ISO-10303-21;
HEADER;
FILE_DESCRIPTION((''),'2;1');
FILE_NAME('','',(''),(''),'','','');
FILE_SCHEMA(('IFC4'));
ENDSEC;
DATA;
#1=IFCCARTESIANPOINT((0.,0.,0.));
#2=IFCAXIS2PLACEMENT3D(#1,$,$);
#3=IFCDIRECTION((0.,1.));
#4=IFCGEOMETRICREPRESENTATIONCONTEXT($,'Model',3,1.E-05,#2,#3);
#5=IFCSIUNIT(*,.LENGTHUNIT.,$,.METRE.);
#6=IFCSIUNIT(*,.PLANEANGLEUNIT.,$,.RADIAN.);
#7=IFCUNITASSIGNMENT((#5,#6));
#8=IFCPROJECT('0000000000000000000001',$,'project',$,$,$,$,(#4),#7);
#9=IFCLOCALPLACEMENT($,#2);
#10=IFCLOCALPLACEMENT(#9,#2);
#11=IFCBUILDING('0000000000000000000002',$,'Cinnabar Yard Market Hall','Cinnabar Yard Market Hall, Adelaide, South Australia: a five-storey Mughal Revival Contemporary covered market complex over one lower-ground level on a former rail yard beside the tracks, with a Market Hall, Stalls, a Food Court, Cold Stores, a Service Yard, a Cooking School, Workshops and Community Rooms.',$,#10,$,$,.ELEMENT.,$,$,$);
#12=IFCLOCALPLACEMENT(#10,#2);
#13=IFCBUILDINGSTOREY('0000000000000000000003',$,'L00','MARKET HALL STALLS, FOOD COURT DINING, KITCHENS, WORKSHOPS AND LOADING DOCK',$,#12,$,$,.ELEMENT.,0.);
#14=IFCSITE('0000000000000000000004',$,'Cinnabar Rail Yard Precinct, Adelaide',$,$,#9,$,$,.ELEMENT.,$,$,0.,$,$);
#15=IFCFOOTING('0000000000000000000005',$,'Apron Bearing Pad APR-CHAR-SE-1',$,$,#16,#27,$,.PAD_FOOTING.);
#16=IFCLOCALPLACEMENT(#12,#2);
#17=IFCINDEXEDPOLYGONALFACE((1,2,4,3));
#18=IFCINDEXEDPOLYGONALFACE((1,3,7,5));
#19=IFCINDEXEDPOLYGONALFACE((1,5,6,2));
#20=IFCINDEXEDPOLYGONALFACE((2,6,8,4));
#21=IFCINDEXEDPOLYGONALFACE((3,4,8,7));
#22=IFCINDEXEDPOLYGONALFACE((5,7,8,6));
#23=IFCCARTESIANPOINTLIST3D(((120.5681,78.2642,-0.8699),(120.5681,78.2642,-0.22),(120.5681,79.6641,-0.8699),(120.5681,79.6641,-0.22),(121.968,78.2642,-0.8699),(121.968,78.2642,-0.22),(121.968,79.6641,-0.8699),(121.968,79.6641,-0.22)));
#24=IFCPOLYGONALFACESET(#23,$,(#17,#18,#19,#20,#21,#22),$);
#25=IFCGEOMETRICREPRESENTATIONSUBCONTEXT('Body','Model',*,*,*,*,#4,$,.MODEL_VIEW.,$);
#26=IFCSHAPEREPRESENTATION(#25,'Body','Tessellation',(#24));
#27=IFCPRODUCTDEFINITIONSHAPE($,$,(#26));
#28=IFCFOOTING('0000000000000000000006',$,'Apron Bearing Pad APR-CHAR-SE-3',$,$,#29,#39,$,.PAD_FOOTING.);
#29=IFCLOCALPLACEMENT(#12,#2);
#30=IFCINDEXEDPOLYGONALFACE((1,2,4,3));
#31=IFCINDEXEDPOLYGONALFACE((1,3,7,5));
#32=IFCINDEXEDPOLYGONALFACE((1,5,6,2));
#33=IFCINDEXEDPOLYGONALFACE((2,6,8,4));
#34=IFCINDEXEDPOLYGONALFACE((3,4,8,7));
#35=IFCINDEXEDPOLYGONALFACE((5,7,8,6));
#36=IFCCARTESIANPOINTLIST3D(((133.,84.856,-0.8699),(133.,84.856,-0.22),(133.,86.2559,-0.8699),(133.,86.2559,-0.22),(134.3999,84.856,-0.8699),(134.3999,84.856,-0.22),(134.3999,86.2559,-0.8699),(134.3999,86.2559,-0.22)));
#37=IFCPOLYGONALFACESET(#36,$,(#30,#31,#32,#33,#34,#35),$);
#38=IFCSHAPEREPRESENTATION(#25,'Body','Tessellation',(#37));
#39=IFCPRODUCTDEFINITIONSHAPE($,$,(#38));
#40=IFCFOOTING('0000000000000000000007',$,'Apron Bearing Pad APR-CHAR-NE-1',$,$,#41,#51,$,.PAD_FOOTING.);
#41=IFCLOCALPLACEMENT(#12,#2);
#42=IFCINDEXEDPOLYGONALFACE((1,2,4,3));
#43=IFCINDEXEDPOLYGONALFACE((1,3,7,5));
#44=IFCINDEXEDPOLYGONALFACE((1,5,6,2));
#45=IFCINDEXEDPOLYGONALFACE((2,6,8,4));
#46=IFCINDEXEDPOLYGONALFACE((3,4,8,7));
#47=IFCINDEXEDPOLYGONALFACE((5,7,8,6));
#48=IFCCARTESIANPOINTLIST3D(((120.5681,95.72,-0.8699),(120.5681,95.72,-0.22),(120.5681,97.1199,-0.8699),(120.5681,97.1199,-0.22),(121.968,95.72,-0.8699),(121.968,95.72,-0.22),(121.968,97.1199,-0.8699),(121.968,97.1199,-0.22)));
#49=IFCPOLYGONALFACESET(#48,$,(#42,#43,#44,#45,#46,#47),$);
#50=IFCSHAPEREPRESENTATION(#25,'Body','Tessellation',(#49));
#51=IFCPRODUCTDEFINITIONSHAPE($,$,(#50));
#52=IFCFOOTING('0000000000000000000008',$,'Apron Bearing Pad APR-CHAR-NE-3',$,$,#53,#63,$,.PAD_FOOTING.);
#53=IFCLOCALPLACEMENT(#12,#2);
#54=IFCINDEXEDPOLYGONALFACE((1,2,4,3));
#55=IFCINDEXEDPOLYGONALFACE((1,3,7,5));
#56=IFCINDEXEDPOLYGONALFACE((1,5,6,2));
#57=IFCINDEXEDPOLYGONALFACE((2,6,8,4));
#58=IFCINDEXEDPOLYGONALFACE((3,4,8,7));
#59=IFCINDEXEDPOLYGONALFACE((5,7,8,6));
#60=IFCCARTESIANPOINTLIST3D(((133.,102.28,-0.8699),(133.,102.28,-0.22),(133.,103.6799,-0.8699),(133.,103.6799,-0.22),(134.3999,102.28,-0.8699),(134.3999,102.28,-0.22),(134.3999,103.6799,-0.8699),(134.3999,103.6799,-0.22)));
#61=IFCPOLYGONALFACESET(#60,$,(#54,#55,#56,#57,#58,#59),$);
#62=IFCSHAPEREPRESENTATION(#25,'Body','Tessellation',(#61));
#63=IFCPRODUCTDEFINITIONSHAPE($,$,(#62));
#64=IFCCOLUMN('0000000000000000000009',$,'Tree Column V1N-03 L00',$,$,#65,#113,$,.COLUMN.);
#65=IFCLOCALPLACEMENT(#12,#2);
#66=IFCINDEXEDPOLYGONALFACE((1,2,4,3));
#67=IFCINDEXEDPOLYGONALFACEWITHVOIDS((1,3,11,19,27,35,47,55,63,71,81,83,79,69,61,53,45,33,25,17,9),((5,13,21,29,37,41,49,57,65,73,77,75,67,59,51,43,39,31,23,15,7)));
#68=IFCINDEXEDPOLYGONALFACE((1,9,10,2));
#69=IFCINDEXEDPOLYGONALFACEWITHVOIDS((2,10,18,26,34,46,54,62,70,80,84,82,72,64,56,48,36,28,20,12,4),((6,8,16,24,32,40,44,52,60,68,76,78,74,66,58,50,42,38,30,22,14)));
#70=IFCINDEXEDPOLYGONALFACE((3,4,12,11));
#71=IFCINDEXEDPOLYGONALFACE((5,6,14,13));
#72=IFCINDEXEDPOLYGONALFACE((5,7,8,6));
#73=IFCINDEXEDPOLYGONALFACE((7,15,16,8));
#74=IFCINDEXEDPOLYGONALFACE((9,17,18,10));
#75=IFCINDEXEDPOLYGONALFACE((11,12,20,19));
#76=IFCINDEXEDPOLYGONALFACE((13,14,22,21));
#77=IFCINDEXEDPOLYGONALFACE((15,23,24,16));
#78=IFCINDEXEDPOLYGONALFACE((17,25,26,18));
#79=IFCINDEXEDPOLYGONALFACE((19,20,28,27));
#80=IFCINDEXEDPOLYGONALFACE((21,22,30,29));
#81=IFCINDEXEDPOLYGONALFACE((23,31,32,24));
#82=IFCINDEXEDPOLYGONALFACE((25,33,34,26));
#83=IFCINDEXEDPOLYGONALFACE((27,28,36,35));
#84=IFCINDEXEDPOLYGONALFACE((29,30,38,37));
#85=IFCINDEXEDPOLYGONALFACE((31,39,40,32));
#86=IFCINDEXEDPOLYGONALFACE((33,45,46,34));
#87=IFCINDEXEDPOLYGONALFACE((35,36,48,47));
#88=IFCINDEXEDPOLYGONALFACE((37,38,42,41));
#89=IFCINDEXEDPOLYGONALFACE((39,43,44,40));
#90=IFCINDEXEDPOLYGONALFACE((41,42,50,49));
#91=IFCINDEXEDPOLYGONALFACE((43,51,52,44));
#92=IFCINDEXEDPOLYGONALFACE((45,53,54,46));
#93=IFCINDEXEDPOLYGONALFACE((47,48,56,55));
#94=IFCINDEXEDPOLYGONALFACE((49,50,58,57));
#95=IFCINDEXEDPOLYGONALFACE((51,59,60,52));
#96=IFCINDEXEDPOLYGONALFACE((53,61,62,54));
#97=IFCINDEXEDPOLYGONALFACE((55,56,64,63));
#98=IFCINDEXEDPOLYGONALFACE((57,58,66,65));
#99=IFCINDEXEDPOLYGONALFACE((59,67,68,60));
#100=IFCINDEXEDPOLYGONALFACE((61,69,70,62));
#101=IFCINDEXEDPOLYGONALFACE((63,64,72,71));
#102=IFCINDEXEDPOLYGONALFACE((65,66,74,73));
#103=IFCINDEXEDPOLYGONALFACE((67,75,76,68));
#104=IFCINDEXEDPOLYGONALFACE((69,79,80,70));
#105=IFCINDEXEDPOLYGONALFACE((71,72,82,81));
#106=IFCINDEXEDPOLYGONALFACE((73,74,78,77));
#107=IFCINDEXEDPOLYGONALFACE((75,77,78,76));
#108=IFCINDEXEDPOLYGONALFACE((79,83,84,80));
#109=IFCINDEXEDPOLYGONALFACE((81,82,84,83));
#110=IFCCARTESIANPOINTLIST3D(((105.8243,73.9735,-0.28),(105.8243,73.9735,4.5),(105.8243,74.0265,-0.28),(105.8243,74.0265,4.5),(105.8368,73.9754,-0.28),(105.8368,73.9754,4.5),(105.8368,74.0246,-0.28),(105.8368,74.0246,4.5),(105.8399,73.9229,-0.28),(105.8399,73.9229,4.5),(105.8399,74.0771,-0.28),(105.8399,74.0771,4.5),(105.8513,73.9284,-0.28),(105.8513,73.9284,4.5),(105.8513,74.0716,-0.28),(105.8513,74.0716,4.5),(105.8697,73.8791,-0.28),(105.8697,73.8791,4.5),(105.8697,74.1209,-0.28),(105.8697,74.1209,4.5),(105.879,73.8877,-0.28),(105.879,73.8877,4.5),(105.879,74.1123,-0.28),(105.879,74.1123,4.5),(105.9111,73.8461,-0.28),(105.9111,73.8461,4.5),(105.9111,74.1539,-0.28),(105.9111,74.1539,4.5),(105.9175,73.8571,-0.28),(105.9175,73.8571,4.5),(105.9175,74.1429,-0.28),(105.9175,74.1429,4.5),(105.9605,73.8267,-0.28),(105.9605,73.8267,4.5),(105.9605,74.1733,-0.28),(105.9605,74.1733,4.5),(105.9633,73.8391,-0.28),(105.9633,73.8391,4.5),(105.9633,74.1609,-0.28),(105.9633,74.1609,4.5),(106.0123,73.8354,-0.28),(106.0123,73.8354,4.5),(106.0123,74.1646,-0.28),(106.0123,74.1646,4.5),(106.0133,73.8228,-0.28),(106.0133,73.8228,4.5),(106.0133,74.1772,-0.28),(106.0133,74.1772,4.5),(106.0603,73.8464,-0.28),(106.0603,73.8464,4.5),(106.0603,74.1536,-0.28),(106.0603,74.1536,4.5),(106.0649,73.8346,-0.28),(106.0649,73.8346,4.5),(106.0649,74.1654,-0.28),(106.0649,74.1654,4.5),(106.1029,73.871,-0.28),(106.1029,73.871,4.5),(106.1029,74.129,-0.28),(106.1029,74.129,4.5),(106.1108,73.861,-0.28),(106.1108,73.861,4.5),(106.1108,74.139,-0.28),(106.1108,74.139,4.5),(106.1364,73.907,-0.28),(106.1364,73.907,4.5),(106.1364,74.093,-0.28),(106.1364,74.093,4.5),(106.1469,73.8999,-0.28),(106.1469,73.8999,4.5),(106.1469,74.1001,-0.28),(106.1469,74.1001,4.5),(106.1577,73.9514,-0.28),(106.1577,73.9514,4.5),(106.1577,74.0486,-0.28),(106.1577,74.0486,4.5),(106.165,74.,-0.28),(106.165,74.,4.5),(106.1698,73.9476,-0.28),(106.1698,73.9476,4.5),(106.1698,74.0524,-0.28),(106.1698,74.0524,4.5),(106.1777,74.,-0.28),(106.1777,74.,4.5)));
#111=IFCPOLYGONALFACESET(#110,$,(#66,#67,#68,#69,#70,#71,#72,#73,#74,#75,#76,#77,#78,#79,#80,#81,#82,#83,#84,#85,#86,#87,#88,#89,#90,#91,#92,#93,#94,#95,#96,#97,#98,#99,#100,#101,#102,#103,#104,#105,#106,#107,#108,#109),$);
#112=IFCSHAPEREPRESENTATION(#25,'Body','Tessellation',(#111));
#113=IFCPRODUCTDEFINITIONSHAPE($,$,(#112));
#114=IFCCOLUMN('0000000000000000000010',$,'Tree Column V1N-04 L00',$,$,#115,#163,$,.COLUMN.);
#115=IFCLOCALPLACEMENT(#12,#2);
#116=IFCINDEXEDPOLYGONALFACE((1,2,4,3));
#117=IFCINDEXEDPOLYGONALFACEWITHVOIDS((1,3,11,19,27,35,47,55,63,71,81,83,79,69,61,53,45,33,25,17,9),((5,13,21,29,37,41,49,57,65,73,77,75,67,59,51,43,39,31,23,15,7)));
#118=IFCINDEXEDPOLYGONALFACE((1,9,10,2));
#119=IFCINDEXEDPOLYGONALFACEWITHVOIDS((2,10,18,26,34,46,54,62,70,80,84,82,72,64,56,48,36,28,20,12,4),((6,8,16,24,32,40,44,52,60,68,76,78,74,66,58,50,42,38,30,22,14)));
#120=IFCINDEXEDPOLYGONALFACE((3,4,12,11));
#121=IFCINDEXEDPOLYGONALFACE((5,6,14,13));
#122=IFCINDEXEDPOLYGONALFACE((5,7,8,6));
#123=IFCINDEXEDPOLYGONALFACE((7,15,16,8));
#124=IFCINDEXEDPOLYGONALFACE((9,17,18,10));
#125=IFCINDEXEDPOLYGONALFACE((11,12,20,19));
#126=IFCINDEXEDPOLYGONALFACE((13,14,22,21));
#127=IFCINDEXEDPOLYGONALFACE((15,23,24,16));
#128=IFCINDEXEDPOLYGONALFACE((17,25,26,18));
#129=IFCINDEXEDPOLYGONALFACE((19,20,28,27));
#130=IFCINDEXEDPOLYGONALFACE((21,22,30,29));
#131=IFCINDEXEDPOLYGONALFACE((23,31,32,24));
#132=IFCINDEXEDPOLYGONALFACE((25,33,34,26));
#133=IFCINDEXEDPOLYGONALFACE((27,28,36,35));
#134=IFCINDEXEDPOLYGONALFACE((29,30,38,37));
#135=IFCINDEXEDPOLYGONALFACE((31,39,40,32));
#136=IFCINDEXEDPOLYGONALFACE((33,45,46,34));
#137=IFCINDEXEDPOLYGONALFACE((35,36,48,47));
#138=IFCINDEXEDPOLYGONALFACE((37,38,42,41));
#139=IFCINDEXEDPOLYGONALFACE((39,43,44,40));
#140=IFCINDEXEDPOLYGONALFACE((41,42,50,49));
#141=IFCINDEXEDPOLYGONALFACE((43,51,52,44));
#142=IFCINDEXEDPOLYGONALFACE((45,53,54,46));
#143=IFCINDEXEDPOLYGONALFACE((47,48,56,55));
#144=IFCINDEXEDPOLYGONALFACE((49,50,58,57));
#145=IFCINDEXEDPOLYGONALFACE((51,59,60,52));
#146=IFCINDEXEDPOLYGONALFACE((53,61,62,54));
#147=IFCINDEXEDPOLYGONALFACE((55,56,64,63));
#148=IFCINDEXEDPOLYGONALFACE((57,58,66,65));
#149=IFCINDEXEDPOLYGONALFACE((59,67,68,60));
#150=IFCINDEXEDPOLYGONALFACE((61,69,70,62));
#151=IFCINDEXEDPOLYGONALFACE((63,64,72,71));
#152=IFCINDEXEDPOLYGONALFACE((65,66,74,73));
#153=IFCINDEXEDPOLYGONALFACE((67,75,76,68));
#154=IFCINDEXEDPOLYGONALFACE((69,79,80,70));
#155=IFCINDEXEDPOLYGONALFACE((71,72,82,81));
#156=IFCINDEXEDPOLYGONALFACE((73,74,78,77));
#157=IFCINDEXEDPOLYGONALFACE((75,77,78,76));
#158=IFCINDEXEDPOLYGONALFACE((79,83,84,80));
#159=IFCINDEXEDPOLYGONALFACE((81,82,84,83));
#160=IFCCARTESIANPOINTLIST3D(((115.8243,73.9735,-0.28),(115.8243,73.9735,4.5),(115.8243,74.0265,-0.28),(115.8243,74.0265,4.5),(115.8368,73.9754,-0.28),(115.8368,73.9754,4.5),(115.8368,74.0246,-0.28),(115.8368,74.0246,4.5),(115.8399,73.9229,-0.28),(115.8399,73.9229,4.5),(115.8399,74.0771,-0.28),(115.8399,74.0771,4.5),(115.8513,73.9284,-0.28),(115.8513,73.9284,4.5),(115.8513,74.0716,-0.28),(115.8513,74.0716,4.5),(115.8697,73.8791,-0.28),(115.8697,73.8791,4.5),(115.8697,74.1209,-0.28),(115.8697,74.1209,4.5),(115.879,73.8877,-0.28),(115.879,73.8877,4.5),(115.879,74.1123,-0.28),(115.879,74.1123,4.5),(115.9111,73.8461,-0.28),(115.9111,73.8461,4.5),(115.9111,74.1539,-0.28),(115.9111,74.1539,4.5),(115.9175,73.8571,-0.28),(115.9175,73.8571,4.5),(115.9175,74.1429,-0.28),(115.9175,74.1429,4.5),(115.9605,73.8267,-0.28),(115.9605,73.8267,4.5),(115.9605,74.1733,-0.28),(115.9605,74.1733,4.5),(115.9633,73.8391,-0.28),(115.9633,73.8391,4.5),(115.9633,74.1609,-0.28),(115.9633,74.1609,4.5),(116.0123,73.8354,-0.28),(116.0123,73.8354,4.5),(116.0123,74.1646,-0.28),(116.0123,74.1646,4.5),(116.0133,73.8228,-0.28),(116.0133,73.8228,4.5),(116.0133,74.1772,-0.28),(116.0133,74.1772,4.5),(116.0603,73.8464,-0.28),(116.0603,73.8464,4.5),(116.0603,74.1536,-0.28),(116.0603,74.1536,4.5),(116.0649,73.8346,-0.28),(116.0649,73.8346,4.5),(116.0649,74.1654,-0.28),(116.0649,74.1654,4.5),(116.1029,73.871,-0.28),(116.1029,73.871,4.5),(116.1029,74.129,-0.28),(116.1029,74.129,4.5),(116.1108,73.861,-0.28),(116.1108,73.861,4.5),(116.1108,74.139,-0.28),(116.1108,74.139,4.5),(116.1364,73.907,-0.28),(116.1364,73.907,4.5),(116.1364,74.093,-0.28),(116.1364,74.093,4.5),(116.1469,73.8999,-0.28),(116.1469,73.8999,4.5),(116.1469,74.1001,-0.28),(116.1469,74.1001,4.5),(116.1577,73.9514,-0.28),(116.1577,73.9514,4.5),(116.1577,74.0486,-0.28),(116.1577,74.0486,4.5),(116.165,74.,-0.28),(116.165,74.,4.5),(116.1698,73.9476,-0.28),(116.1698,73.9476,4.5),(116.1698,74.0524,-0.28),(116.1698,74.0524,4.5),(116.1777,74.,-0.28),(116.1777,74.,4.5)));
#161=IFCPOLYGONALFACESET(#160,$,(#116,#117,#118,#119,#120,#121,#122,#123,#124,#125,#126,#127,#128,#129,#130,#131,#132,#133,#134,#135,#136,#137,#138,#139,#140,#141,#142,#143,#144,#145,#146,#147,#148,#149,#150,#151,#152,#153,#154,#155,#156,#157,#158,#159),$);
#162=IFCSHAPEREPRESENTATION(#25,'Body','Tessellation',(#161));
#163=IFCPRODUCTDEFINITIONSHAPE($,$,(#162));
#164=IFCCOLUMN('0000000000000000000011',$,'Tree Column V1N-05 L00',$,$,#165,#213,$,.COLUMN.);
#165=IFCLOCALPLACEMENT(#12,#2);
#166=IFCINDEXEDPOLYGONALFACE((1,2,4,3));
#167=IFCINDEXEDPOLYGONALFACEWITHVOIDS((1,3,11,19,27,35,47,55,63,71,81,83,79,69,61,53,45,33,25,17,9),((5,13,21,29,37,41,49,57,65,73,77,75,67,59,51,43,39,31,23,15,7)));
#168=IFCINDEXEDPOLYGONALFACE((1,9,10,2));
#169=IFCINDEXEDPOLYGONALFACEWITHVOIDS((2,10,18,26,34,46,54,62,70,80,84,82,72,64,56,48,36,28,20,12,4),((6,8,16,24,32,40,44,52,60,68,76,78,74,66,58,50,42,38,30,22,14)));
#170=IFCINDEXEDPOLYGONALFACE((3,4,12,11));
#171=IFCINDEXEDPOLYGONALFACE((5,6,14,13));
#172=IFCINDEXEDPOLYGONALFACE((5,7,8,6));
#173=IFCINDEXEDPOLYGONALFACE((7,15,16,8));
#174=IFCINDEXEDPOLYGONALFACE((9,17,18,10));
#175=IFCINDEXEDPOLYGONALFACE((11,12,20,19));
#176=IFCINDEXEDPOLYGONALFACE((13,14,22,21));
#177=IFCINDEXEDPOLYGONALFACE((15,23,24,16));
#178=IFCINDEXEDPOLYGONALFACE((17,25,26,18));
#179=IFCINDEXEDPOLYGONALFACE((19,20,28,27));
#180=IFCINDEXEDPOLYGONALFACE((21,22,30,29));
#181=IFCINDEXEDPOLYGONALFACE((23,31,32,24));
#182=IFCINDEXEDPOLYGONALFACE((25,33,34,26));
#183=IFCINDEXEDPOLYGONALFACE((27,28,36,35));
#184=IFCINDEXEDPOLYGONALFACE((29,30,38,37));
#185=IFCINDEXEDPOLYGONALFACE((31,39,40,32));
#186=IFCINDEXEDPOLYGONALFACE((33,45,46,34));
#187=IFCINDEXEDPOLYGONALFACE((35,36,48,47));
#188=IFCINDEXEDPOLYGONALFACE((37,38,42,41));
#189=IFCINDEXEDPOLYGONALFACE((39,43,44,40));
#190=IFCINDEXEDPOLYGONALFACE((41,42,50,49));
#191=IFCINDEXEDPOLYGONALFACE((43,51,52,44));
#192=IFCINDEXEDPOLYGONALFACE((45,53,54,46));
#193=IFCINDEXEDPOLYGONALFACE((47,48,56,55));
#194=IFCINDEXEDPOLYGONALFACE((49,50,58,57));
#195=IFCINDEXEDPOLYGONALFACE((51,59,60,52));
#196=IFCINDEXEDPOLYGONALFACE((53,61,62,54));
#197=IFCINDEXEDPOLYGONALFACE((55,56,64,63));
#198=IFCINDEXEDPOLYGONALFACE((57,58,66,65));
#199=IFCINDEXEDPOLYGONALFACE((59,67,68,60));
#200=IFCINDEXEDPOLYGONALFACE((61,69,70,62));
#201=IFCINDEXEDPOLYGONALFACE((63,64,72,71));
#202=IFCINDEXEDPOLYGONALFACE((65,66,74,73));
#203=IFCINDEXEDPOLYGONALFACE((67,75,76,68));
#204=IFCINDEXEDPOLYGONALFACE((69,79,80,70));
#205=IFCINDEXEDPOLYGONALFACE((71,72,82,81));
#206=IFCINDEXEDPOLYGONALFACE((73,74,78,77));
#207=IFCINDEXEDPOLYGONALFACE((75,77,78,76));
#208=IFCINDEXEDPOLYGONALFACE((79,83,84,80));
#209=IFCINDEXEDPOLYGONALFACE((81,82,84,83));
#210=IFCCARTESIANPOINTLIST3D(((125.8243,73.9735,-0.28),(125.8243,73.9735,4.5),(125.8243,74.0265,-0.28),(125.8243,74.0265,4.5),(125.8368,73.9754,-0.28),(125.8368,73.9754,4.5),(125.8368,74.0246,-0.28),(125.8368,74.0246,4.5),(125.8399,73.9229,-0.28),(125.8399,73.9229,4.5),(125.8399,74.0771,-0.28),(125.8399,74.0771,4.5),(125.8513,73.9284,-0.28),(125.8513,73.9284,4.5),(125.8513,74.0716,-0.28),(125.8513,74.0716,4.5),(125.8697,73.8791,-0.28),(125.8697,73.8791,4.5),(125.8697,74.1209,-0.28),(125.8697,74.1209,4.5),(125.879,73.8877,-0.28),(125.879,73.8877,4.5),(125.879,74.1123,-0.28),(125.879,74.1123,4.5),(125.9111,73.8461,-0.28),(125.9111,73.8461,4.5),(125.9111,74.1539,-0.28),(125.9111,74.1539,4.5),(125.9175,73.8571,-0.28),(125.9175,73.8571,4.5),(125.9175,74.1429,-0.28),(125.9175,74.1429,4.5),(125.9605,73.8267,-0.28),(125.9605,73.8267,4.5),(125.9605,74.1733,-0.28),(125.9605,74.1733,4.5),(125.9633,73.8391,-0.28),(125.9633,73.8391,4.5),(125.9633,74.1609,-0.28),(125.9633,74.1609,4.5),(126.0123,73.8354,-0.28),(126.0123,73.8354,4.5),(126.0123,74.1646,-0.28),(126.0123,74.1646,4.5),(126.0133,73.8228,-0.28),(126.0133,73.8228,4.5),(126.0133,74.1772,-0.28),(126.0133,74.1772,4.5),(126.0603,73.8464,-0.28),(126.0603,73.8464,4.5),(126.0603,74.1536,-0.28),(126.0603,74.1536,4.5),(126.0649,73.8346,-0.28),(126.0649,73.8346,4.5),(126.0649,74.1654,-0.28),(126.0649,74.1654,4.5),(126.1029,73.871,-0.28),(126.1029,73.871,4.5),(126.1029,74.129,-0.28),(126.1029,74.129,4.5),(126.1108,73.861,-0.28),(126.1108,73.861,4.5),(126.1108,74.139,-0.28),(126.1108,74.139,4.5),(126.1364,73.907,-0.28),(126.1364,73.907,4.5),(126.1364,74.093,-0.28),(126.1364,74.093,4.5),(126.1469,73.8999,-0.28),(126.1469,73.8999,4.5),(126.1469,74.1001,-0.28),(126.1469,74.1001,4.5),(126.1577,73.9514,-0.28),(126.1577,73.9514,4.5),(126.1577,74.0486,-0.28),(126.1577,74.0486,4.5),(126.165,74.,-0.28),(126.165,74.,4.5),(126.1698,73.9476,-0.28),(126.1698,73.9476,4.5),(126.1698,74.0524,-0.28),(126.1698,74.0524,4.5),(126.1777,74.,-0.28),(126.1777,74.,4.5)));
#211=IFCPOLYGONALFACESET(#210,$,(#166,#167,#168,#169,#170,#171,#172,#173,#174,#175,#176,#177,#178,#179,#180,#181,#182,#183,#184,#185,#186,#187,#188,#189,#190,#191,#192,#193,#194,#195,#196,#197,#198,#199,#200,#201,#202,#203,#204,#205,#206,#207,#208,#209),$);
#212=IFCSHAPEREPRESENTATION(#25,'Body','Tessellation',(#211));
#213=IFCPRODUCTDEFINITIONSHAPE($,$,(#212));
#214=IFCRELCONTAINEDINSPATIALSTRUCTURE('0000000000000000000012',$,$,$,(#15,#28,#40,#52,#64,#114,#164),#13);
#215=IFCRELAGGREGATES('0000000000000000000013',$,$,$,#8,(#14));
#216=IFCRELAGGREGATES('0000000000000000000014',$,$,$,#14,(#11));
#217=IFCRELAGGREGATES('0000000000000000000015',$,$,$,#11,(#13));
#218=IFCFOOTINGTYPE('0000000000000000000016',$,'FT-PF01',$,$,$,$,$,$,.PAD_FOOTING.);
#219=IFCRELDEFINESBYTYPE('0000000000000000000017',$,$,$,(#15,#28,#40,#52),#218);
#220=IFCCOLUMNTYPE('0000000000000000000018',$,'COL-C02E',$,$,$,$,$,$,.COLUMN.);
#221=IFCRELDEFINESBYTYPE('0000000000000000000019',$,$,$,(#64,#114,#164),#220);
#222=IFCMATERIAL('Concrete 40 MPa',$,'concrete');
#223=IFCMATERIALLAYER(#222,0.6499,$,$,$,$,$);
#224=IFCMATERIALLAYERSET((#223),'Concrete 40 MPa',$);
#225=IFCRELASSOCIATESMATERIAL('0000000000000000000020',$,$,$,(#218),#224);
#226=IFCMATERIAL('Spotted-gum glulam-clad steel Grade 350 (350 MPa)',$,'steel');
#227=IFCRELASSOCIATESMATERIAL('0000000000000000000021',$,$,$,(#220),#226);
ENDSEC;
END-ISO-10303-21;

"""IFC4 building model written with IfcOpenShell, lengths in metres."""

from ifc_helpers import new_model, si_unit, direction, frame, origin, origin_2d_with_axis, place, context, subcontext, project, spatial, rectangle, hollow_circle, extrude, material, layer, layer_set, material_profile, profile_set, type_object, element, save


model = new_model("IFC4")

# Units and contexts
model_context = context("Model", 3, precision=1e-05, world=origin(), true_north=direction((0.0, 1.0)))
body_context = subcontext(model_context, "Body", "Model", "MODEL_VIEW")
ifc_project = project(units=[si_unit("LENGTHUNIT", "METRE"), si_unit("PLANEANGLEUNIT", "RADIAN")], contexts=[model_context])

# Site, building, storey
site_placement = place(None, origin())
site = spatial("IfcSite", under=ifc_project, at=site_placement, Name="Cinnabar Rail Yard Precinct, Adelaide", CompositionType="ELEMENT", RefElevation=0.0)
building_placement = place(site_placement, origin())
building = spatial("IfcBuilding", under=site, at=building_placement, Name="Cinnabar Yard Market Hall", Description="Cinnabar Yard Market Hall, Adelaide, South Australia: a five-storey Mughal Revival Contemporary covered market complex over one lower-ground level on a former rail yard beside the tracks, with a Market Hall, Stalls, a Food Court, Cold Stores, a Service Yard, a Cooking School, Workshops and Community Rooms.", CompositionType="ELEMENT")
storey_placement = place(building_placement, origin())
storey = spatial("IfcBuildingStorey", under=building, at=storey_placement, Name="L00", Description="MARKET HALL STALLS, FOOD COURT DINING, KITCHENS, WORKSHOPS AND LOADING DOCK", CompositionType="ELEMENT", Elevation=0.0)

# Footings
ifc_material_1 = material(Name="Concrete 40 MPa", Category="concrete")
ifc_layer_1 = layer(ifc_material_1, 0.6499)
ifc_layer_set_1 = layer_set([ifc_layer_1], Name="Concrete 40 MPa")
footing_type = type_object("IfcFootingType", Name="FT-PF01", PredefinedType="PAD_FOOTING", material=ifc_layer_set_1)
for number, where, z_axis, x_axis, name in (
    (1, (121.2681, 78.9641, -0.8699), (0.0, 0.0, 1.0), (1.0, 0.0, 0.0), "Apron Bearing Pad APR-CHAR-SE-1"),
    (2, (133.7, 85.5559, -0.8699), (0.0, 0.0, 1.0), (1.0, 0.0, 0.0), "Apron Bearing Pad APR-CHAR-SE-3"),
    (3, (121.2681, 96.4199, -0.8699), (0.0, 0.0, 1.0), (1.0, 0.0, 0.0), "Apron Bearing Pad APR-CHAR-NE-1"),
    (4, (133.7, 102.98, -0.8699), (0.0, 0.0, 1.0), (1.0, 0.0, 0.0), "Apron Bearing Pad APR-CHAR-NE-3"),
):
    element("IfcFooting", number, at=place(storey_placement, frame(where, z_axis=z_axis, x_axis=x_axis)), inside=storey, type_object=footing_type, Name=name, PredefinedType="PAD_FOOTING", context=body_context, shape_type="SweptSolid", body=[
        extrude(rectangle(XDim=1.3999, YDim=1.3999, at=origin_2d_with_axis()), origin(), (0.0, 0.0, 1.0), 0.6499),
    ])

# Columns
ifc_material_2 = material(Name="Spotted-gum glulam-clad steel Grade 350 (350 MPa)", Category="steel")
ifc_material_profile_1 = material_profile(ifc_material_2, hollow_circle(Radius=0.1777, WallThickness=0.0127, at=origin_2d_with_axis()), Name="355.6x12.7CHS")
ifc_profile_set_1 = profile_set([ifc_material_profile_1], Name="Spotted-gum glulam-clad steel Grade 350 (350 MPa)")
column_type_1 = type_object("IfcColumnType", Name="COL-C02E", PredefinedType="COLUMN", material=ifc_profile_set_1)
for number, where, z_axis, x_axis, name in (
    (5, (106.0, 74.0, -0.28), (0.0, 0.0, 1.0), (1.0, 0.0, 0.0), "Tree Column V1N-03 L00"),
    (6, (116.0, 74.0, -0.28), (0.0, 0.0, 1.0), (1.0, 0.0, 0.0), "Tree Column V1N-04 L00"),
    (7, (126.0, 74.0, -0.28), (0.0, 0.0, 1.0), (1.0, 0.0, 0.0), "Tree Column V1N-05 L00"),
):
    element("IfcColumn", number, at=place(storey_placement, frame(where, z_axis=z_axis, x_axis=x_axis)), inside=storey, type_object=column_type_1, Name=name, PredefinedType="COLUMN", context=body_context, shape_type="SweptSolid", body=[
        extrude(hollow_circle(Radius=0.1777, WallThickness=0.0127, at=origin_2d_with_axis()), origin(), (0.0, 0.0, 1.0), 4.78),
    ])

save(model, "model.ifc")
